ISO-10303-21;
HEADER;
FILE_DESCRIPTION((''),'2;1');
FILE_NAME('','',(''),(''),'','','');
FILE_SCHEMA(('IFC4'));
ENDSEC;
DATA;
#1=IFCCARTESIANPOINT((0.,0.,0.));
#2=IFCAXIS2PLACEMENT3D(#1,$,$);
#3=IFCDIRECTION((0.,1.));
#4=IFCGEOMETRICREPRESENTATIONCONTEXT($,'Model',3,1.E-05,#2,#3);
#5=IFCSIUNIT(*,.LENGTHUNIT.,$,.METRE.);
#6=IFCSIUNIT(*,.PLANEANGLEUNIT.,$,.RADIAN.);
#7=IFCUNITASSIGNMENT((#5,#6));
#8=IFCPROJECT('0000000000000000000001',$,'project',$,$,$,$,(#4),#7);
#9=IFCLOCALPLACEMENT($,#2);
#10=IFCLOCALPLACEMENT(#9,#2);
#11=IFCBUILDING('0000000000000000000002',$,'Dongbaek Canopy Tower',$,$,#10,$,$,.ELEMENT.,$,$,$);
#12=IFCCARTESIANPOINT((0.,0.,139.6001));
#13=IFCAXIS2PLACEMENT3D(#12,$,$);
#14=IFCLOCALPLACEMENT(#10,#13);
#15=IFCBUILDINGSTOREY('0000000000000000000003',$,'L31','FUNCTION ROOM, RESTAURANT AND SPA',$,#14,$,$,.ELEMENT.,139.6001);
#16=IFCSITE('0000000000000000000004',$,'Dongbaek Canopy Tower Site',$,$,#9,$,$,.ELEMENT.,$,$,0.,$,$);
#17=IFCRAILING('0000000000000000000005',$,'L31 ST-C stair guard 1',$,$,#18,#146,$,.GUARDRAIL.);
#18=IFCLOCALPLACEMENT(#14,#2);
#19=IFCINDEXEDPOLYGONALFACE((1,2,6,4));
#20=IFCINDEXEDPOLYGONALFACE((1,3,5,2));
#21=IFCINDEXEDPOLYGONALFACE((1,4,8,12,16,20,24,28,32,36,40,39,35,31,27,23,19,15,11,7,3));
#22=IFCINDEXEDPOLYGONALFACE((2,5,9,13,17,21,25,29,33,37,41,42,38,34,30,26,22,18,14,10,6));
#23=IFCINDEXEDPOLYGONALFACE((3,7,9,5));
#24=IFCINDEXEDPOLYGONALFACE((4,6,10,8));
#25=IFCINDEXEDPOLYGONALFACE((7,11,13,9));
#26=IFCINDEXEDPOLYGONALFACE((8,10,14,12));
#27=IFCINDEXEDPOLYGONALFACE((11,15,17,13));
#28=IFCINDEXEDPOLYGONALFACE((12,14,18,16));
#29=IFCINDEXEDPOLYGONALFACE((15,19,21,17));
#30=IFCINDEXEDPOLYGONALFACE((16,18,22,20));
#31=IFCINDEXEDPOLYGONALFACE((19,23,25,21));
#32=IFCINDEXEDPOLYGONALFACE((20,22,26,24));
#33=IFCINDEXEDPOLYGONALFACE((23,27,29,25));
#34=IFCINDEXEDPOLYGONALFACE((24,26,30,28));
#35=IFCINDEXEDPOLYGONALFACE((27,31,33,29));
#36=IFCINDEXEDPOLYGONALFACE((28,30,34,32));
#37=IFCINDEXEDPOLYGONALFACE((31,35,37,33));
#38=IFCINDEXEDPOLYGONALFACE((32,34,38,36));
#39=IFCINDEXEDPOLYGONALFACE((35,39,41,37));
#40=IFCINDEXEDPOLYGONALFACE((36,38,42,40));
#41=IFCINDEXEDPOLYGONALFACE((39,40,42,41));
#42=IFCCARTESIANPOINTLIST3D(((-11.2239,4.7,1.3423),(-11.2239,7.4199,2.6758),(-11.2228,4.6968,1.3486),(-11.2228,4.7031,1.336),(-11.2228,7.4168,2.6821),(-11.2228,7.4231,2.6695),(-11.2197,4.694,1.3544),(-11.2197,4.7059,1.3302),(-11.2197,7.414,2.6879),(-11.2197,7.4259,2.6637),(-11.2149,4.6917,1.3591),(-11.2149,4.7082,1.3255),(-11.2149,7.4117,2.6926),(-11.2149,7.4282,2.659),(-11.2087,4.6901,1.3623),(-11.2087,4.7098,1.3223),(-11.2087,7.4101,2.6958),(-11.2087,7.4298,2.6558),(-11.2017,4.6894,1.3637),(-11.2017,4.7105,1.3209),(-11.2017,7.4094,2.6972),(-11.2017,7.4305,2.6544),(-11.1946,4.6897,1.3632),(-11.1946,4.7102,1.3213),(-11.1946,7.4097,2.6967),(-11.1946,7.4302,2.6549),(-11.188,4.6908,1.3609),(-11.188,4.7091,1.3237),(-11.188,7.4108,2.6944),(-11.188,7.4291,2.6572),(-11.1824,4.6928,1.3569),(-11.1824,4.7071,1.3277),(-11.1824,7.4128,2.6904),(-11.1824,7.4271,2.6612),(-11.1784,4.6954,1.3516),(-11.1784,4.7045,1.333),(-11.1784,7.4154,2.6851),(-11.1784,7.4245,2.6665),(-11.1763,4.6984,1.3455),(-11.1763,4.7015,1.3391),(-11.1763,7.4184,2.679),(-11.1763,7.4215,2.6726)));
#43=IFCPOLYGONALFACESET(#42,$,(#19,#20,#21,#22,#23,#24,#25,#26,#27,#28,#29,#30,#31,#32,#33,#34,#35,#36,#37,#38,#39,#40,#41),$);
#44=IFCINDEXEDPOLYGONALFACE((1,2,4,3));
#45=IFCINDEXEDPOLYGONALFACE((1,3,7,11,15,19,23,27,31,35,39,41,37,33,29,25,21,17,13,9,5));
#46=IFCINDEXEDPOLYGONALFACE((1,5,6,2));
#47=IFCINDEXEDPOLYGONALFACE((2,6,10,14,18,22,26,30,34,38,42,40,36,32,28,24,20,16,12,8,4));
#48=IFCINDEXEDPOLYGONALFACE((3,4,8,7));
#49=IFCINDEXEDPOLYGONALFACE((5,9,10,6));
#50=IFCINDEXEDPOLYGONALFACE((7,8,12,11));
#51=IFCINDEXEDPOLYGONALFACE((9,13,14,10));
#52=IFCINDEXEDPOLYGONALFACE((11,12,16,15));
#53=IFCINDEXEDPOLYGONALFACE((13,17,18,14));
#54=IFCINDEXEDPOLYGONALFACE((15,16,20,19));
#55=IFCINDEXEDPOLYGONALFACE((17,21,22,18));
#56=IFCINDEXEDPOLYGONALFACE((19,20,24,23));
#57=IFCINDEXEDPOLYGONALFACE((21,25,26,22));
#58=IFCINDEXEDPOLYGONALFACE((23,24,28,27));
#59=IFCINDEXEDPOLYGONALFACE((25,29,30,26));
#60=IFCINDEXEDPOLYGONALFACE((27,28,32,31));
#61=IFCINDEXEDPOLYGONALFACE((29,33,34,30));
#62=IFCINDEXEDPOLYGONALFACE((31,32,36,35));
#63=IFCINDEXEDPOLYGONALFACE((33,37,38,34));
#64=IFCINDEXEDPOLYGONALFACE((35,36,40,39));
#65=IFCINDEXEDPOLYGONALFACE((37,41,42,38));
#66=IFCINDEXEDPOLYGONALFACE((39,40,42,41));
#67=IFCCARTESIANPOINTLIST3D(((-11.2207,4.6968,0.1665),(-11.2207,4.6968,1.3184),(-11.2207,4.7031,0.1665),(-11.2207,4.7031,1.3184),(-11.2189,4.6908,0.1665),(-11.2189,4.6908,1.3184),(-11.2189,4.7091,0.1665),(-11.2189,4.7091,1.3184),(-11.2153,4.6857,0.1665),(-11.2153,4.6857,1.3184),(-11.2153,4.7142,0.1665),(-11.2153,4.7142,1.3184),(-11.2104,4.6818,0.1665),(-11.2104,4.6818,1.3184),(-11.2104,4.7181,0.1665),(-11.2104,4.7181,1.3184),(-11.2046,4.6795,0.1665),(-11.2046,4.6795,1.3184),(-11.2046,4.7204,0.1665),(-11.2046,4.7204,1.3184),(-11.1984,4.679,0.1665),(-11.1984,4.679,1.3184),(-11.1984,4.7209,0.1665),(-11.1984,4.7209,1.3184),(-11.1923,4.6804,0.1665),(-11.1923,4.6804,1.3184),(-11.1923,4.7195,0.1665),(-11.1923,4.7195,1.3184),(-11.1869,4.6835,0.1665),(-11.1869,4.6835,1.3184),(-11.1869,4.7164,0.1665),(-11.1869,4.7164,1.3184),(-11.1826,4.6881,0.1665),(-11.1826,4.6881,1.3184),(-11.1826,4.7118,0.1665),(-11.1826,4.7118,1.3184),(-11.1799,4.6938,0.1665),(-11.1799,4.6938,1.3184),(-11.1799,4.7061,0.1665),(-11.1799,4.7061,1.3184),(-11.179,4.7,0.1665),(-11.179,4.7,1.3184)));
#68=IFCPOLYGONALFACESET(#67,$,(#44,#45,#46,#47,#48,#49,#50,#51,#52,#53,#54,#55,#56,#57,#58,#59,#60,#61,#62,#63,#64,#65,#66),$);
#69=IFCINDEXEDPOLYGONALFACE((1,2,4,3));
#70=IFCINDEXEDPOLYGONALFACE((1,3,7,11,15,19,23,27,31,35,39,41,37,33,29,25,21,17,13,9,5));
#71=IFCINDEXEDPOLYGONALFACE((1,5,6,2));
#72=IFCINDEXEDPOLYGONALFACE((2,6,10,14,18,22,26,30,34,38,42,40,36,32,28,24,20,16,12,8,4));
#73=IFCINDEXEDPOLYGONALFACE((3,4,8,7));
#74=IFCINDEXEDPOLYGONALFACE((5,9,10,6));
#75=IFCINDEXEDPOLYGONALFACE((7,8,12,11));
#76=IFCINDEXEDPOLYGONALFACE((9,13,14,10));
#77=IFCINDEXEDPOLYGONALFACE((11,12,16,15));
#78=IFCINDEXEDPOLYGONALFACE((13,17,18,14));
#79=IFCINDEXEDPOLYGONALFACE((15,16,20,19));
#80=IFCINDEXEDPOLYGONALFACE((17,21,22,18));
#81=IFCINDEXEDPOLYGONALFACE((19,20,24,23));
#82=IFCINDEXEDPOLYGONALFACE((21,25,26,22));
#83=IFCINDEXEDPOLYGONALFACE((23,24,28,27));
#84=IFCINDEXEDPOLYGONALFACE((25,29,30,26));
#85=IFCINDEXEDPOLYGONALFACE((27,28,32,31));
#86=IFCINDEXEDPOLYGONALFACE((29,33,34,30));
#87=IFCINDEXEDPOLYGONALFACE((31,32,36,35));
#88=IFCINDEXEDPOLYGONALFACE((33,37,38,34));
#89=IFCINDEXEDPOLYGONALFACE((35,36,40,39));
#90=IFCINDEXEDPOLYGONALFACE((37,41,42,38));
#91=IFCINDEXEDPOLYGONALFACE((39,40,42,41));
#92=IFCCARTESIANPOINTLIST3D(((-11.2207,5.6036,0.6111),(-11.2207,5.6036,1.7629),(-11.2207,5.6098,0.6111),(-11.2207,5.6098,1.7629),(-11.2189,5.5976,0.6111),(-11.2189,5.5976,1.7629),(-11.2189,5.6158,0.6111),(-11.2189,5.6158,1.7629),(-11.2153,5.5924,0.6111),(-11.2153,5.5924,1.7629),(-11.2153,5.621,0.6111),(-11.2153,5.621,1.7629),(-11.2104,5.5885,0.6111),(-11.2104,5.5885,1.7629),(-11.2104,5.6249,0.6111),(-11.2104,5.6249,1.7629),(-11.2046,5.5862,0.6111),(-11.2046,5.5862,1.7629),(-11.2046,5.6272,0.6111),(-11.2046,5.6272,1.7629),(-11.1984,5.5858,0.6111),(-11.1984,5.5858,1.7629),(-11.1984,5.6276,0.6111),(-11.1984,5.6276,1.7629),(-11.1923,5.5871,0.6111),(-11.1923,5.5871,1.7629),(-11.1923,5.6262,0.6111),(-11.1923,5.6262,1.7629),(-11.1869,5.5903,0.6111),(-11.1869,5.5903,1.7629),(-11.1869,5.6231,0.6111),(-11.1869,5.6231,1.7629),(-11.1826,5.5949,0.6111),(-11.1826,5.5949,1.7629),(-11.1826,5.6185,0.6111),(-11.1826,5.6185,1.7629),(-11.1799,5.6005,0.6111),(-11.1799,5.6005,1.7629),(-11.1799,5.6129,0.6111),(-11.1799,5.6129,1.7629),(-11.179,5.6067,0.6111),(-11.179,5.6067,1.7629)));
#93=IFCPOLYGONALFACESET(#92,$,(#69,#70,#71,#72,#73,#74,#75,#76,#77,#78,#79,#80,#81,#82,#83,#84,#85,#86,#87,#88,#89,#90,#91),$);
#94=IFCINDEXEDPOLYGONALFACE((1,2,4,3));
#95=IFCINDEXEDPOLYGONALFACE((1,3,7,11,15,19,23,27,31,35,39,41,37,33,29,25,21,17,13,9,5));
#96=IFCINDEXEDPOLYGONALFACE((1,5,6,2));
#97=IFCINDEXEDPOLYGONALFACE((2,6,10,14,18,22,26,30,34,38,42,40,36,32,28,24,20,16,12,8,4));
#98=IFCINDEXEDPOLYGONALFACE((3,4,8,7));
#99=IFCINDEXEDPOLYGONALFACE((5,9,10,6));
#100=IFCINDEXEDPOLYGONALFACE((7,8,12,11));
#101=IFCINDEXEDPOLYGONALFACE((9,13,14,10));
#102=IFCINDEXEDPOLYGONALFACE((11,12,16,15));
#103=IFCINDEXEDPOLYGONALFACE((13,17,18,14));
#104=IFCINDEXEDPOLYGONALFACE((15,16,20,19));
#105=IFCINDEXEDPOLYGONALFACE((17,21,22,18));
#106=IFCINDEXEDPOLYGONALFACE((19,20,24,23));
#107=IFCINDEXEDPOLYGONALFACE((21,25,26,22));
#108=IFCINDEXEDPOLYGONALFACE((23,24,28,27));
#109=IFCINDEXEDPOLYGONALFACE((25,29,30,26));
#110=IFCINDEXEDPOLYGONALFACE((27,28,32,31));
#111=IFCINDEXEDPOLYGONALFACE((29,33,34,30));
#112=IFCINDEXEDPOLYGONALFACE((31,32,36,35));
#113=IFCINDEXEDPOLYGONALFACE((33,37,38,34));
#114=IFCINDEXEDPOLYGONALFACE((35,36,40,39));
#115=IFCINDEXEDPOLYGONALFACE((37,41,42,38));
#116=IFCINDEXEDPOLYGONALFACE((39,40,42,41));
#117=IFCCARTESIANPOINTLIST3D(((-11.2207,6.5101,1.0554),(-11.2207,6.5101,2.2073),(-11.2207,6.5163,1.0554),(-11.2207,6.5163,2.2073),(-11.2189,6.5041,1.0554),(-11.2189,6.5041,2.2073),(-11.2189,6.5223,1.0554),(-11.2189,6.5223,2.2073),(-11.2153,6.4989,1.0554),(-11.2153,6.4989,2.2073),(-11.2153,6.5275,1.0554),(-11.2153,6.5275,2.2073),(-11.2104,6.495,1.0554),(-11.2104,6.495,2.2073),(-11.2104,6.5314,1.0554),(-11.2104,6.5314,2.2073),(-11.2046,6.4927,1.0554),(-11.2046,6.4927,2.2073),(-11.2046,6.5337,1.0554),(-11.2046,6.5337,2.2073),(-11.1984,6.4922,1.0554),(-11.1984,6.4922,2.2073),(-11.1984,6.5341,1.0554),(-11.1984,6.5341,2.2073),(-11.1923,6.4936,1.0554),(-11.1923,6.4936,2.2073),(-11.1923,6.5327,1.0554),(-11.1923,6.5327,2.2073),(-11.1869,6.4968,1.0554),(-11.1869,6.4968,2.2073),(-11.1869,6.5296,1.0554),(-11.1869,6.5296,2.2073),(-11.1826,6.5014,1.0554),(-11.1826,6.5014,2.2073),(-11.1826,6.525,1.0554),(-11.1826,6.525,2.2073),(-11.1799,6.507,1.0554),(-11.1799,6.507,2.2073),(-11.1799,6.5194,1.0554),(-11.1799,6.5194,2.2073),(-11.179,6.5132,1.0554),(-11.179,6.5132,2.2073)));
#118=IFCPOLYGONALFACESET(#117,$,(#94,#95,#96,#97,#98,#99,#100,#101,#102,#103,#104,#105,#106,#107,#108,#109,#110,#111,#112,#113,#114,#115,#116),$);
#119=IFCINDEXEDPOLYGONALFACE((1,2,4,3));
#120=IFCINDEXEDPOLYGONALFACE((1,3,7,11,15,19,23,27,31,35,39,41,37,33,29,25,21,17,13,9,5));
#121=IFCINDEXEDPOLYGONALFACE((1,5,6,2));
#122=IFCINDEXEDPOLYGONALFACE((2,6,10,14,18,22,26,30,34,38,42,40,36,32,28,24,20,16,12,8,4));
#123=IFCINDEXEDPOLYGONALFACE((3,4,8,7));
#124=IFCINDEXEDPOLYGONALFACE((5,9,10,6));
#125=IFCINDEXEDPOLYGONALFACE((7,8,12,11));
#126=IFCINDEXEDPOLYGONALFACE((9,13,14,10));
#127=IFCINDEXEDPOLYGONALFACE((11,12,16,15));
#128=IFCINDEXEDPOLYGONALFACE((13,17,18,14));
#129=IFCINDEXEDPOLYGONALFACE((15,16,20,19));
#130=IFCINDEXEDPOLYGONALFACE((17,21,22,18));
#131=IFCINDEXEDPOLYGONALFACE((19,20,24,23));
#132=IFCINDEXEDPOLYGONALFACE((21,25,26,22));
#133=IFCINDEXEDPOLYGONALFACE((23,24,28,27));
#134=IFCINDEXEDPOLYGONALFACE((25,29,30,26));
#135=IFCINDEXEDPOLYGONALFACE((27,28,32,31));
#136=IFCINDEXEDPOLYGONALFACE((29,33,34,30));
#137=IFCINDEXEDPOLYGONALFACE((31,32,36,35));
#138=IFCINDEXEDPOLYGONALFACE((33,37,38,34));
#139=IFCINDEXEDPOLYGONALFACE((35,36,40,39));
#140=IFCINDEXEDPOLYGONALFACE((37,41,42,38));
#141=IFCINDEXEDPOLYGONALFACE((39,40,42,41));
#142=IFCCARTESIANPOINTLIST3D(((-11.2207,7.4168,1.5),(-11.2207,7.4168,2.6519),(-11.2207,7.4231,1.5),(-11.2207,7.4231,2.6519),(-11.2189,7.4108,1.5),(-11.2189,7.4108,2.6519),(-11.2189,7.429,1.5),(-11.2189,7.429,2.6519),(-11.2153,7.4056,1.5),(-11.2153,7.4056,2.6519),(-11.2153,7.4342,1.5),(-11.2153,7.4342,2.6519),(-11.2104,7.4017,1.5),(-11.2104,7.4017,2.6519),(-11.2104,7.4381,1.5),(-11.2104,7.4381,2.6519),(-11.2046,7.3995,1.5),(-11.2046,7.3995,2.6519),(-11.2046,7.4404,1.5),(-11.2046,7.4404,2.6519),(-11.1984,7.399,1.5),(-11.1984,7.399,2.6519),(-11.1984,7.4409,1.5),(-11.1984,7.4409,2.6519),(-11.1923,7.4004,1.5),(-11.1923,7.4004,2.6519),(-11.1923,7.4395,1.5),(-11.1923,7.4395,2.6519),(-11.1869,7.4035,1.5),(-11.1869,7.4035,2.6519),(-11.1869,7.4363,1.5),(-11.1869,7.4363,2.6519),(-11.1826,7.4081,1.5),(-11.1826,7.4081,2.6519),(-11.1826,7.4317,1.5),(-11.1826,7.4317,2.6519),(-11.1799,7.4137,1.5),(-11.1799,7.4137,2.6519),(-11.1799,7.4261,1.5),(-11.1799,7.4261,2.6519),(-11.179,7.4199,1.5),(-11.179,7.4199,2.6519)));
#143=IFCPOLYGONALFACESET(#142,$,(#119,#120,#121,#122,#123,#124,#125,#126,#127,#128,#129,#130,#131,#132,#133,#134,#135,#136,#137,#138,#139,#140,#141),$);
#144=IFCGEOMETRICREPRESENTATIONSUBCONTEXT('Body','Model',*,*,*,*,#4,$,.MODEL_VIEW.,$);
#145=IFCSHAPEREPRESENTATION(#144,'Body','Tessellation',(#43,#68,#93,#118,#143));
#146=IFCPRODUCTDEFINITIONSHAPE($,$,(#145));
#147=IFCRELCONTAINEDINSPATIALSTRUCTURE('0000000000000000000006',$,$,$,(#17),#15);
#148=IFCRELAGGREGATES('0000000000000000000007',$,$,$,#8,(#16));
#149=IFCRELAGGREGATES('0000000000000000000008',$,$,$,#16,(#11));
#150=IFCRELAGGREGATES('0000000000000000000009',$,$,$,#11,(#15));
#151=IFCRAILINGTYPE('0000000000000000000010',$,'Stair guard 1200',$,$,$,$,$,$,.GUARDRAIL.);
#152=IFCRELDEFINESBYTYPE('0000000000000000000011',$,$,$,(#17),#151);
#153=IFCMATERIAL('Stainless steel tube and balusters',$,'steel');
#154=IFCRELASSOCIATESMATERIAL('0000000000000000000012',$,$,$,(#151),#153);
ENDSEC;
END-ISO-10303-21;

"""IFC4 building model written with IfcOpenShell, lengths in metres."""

from ifc_helpers import new_model, si_unit, direction, frame, origin, origin_2d, place, context, subcontext, project, spatial, circle, extrude, material, type_object, element, save


model = new_model("IFC4")

# Units and contexts
model_context = context("Model", 3, precision=1e-05, world=origin(), true_north=direction((0.0, 1.0)))
body_context = subcontext(model_context, "Body", "Model", "MODEL_VIEW")
ifc_project = project(units=[si_unit("LENGTHUNIT", "METRE"), si_unit("PLANEANGLEUNIT", "RADIAN")], contexts=[model_context])

# Site, building, storey
site_placement = place(None, origin())
site = spatial("IfcSite", under=ifc_project, at=site_placement, Name="Dongbaek Canopy Tower Site", CompositionType="ELEMENT", RefElevation=0.0)
building_placement = place(site_placement, origin())
building = spatial("IfcBuilding", under=site, at=building_placement, Name="Dongbaek Canopy Tower", CompositionType="ELEMENT")
storey_placement = place(building_placement, frame((0.0, 0.0, 139.6001)))
storey = spatial("IfcBuildingStorey", under=building, at=storey_placement, Name="L31", Description="FUNCTION ROOM, RESTAURANT AND SPA", CompositionType="ELEMENT", Elevation=139.6001)

# Railing
ifc_material_1 = material(Name="Stainless steel tube and balusters", Category="steel")
railing_type_1 = type_object("IfcRailingType", Name="Stair guard 1200", PredefinedType="GUARDRAIL", material=ifc_material_1)
railing_1_placement = place(storey_placement, frame((-11.2, 4.7, 0.1665)))
element("IfcRailing", 1, at=railing_1_placement, inside=storey, type_object=railing_type_1, Name="L31 ST-C stair guard 1", PredefinedType="GUARDRAIL", context=body_context, shape_type="SweptSolid", body=[
    extrude(circle(Radius=0.0239, at=origin_2d()), frame((0.0, 0.0, 1.1758), z_axis=(0.0, 0.897898, 0.440204), x_axis=(-1.0, 0.0, 0.0)), (0.0, 0.0, 1.0), 3.0293),
    extrude(circle(Radius=0.021, at=origin_2d()), origin(), (0.0, 0.0, 1.0), 1.1519),
    extrude(circle(Radius=0.021, at=origin_2d()), frame((0.0, 0.9067, 0.4446)), (0.0, 0.0, 1.0), 1.1519),
    extrude(circle(Radius=0.021, at=origin_2d()), frame((0.0, 1.8132, 0.8889)), (0.0, 0.0, 1.0), 1.1519),
    extrude(circle(Radius=0.021, at=origin_2d()), frame((0.0, 2.72, 1.3335)), (0.0, 0.0, 1.0), 1.1519),
])

save(model, "model.ifc")
